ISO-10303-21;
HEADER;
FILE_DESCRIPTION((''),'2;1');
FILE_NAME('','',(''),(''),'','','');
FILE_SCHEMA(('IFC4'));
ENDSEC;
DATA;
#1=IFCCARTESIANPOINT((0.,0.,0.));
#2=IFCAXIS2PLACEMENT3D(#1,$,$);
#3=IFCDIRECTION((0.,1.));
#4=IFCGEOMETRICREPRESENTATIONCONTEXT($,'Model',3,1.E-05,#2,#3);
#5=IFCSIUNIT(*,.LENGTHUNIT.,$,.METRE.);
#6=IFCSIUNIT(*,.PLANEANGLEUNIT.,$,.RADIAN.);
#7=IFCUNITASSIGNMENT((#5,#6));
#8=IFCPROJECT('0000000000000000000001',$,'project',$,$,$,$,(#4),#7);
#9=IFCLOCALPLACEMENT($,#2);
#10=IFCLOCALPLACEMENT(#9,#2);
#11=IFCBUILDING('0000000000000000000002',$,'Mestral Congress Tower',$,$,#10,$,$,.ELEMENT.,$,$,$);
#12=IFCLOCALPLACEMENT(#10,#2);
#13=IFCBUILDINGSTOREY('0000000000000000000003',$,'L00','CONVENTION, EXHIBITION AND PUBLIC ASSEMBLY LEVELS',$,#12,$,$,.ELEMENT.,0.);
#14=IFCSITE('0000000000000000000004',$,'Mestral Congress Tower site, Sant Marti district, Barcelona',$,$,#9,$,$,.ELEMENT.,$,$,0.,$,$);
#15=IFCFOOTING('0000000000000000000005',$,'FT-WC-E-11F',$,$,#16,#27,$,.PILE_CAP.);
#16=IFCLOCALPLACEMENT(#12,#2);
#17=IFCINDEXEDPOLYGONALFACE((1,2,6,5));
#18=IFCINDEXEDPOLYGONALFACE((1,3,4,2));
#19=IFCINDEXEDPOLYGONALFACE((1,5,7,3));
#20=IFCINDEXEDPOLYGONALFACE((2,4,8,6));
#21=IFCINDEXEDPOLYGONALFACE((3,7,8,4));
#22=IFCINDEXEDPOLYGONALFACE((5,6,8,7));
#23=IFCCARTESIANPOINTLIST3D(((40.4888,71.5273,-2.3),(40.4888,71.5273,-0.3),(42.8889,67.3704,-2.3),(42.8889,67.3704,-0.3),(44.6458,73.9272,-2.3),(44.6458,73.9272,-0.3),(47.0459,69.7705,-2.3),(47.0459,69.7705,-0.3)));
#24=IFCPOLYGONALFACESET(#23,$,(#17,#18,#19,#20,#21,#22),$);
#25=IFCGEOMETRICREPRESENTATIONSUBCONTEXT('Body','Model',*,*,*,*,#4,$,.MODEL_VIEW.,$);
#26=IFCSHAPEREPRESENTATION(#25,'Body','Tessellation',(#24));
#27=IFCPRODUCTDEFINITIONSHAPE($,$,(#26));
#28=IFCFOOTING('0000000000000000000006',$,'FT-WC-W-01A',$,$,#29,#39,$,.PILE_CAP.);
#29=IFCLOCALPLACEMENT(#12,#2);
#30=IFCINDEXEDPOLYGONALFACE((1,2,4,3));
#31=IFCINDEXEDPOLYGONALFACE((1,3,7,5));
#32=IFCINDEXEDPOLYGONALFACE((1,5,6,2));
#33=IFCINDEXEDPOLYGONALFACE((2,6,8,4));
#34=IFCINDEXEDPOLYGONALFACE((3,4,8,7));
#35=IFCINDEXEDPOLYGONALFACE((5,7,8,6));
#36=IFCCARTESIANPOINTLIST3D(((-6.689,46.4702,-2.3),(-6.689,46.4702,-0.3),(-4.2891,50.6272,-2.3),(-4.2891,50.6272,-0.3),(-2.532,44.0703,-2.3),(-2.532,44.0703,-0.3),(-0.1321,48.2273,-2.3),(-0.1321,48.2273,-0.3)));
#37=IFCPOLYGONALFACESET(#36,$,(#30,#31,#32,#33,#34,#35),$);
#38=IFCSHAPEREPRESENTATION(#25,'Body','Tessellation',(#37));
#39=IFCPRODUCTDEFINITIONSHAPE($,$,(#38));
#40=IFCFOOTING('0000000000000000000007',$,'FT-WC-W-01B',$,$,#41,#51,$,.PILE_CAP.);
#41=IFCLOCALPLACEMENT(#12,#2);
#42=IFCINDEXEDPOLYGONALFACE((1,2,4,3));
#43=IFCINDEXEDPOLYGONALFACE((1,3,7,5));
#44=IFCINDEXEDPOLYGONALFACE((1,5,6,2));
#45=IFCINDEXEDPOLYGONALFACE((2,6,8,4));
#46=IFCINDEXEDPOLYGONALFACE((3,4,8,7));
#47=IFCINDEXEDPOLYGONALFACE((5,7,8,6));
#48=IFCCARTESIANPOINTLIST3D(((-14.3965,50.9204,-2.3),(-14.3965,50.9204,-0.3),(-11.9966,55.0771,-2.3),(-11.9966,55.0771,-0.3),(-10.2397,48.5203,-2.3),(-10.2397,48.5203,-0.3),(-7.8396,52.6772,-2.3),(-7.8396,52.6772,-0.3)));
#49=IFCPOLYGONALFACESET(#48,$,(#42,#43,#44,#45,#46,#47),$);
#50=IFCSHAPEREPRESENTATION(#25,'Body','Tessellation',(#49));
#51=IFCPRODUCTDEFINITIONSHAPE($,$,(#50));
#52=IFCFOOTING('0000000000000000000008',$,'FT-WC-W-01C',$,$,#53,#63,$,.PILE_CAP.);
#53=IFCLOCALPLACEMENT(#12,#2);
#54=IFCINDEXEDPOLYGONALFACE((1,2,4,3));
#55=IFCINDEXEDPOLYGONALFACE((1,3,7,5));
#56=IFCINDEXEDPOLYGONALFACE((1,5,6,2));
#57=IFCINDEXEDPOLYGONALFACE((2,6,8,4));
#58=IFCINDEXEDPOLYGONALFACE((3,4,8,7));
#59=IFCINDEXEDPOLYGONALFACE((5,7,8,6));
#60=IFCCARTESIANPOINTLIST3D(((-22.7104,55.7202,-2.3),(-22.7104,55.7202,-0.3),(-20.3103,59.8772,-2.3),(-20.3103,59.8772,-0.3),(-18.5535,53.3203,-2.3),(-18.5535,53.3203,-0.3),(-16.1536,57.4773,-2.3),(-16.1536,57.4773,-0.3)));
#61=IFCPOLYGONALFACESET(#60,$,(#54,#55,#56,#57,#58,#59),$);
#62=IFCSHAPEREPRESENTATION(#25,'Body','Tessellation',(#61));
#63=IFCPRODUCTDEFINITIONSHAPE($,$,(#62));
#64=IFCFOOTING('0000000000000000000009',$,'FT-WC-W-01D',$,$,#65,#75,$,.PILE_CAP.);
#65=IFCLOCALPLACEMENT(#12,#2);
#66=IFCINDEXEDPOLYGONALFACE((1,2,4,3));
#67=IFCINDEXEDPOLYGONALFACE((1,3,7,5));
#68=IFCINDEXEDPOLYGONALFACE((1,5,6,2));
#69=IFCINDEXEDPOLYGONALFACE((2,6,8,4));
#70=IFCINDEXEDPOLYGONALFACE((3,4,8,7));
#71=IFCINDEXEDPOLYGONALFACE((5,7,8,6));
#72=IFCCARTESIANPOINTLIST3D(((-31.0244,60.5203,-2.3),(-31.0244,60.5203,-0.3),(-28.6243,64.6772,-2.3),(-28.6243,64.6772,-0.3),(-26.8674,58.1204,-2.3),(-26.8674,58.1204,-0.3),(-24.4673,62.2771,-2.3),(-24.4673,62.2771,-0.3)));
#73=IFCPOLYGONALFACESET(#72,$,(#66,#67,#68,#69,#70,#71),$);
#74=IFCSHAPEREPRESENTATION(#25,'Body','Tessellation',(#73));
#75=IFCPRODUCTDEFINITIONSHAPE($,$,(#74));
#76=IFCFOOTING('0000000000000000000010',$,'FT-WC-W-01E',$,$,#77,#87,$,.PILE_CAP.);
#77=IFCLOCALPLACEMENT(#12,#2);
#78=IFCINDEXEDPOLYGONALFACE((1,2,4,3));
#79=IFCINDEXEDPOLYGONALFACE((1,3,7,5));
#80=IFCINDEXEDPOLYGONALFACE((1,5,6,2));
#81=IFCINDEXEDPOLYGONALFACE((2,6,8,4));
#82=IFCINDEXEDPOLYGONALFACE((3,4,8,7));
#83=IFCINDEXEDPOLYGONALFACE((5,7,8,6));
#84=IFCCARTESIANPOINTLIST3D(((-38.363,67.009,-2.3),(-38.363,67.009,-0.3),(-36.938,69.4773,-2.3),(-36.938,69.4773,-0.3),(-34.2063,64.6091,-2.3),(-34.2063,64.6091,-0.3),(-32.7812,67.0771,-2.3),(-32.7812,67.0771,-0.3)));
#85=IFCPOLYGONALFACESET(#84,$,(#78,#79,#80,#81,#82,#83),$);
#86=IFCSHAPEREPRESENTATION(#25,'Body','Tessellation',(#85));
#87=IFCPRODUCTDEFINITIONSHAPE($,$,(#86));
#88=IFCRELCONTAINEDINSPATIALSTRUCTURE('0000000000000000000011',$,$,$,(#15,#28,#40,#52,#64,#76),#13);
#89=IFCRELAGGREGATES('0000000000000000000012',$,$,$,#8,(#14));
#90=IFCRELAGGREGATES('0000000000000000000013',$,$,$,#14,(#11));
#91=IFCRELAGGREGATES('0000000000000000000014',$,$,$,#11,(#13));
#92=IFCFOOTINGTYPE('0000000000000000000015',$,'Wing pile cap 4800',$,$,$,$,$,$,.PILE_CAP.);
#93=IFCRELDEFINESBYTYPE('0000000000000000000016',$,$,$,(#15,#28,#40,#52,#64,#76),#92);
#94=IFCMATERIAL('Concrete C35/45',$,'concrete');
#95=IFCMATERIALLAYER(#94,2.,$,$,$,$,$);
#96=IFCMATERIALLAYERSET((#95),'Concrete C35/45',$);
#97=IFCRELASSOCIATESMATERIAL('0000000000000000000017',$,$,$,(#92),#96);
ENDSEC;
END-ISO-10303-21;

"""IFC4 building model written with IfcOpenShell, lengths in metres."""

from ifc_helpers import new_model, si_unit, direction, frame, origin, place, context, subcontext, project, spatial, polyline, outline, extrude, material, layer, layer_set, type_object, element, save


model = new_model("IFC4")

# Units and contexts
model_context = context("Model", 3, precision=1e-05, world=origin(), true_north=direction((0.0, 1.0)))
body_context = subcontext(model_context, "Body", "Model", "MODEL_VIEW")
ifc_project = project(units=[si_unit("LENGTHUNIT", "METRE"), si_unit("PLANEANGLEUNIT", "RADIAN")], contexts=[model_context])

# Site, building, storey
site_placement = place(None, origin())
site = spatial("IfcSite", under=ifc_project, at=site_placement, Name="Mestral Congress Tower site, Sant Marti district, Barcelona", CompositionType="ELEMENT", RefElevation=0.0)
building_placement = place(site_placement, origin())
building = spatial("IfcBuilding", under=site, at=building_placement, Name="Mestral Congress Tower", CompositionType="ELEMENT")
storey_placement = place(building_placement, origin())
storey = spatial("IfcBuildingStorey", under=building, at=storey_placement, Name="L00", Description="CONVENTION, EXHIBITION AND PUBLIC ASSEMBLY LEVELS", CompositionType="ELEMENT", Elevation=0.0)

# Footings
ifc_material = material(Name="Concrete C35/45", Category="concrete")
ifc_layer = layer(ifc_material, 2.0)
ifc_layer_set = layer_set([ifc_layer], Name="Concrete C35/45")
footing_type = type_object("IfcFootingType", Name="Wing pile cap 4800", PredefinedType="PILE_CAP", material=ifc_layer_set)
placement = place(storey_placement, frame((0.0, 0.0, -2.3)))
element("IfcFooting", 1, at=placement, inside=storey, type_object=footing_type, Name="FT-WC-E-11F", PredefinedType="PILE_CAP", context=body_context, shape_type="SweptSolid", body=[
    extrude(outline(polyline([(42.8889, 67.3704), (47.0459, 69.7705), (44.6458, 73.9272), (40.4888, 71.5273), (42.8889, 67.3704)])), origin(), (0.0, 0.0, 1.0), 2.0),
])
element("IfcFooting", 2, at=placement, inside=storey, type_object=footing_type, Name="FT-WC-W-01A", PredefinedType="PILE_CAP", context=body_context, shape_type="SweptSolid", body=[
    extrude(outline(polyline([(-0.1321, 48.2273), (-4.2891, 50.6272), (-6.689, 46.4702), (-2.532, 44.0703), (-0.1321, 48.2273)])), origin(), (0.0, 0.0, 1.0), 2.0),
])
element("IfcFooting", 3, at=placement, inside=storey, type_object=footing_type, Name="FT-WC-W-01B", PredefinedType="PILE_CAP", context=body_context, shape_type="SweptSolid", body=[
    extrude(outline(polyline([(-7.8396, 52.6772), (-11.9966, 55.0771), (-14.3965, 50.9204), (-10.2397, 48.5203), (-7.8396, 52.6772)])), origin(), (0.0, 0.0, 1.0), 2.0),
])
element("IfcFooting", 4, at=placement, inside=storey, type_object=footing_type, Name="FT-WC-W-01C", PredefinedType="PILE_CAP", context=body_context, shape_type="SweptSolid", body=[
    extrude(outline(polyline([(-16.1536, 57.4773), (-20.3103, 59.8772), (-22.7104, 55.7202), (-18.5535, 53.3203), (-16.1536, 57.4773)])), origin(), (0.0, 0.0, 1.0), 2.0),
])
element("IfcFooting", 5, at=placement, inside=storey, type_object=footing_type, Name="FT-WC-W-01D", PredefinedType="PILE_CAP", context=body_context, shape_type="SweptSolid", body=[
    extrude(outline(polyline([(-24.4673, 62.2771), (-28.6243, 64.6772), (-31.0244, 60.5203), (-26.8674, 58.1204), (-24.4673, 62.2771)])), origin(), (0.0, 0.0, 1.0), 2.0),
])
element("IfcFooting", 6, at=placement, inside=storey, type_object=footing_type, Name="FT-WC-W-01E", PredefinedType="PILE_CAP", context=body_context, shape_type="SweptSolid", body=[
    extrude(outline(polyline([(-32.7812, 67.0771), (-36.938, 69.4773), (-38.363, 67.009), (-34.2063, 64.6091), (-32.7812, 67.0771)])), origin(), (0.0, 0.0, 1.0), 2.0),
])

save(model, "model.ifc")
